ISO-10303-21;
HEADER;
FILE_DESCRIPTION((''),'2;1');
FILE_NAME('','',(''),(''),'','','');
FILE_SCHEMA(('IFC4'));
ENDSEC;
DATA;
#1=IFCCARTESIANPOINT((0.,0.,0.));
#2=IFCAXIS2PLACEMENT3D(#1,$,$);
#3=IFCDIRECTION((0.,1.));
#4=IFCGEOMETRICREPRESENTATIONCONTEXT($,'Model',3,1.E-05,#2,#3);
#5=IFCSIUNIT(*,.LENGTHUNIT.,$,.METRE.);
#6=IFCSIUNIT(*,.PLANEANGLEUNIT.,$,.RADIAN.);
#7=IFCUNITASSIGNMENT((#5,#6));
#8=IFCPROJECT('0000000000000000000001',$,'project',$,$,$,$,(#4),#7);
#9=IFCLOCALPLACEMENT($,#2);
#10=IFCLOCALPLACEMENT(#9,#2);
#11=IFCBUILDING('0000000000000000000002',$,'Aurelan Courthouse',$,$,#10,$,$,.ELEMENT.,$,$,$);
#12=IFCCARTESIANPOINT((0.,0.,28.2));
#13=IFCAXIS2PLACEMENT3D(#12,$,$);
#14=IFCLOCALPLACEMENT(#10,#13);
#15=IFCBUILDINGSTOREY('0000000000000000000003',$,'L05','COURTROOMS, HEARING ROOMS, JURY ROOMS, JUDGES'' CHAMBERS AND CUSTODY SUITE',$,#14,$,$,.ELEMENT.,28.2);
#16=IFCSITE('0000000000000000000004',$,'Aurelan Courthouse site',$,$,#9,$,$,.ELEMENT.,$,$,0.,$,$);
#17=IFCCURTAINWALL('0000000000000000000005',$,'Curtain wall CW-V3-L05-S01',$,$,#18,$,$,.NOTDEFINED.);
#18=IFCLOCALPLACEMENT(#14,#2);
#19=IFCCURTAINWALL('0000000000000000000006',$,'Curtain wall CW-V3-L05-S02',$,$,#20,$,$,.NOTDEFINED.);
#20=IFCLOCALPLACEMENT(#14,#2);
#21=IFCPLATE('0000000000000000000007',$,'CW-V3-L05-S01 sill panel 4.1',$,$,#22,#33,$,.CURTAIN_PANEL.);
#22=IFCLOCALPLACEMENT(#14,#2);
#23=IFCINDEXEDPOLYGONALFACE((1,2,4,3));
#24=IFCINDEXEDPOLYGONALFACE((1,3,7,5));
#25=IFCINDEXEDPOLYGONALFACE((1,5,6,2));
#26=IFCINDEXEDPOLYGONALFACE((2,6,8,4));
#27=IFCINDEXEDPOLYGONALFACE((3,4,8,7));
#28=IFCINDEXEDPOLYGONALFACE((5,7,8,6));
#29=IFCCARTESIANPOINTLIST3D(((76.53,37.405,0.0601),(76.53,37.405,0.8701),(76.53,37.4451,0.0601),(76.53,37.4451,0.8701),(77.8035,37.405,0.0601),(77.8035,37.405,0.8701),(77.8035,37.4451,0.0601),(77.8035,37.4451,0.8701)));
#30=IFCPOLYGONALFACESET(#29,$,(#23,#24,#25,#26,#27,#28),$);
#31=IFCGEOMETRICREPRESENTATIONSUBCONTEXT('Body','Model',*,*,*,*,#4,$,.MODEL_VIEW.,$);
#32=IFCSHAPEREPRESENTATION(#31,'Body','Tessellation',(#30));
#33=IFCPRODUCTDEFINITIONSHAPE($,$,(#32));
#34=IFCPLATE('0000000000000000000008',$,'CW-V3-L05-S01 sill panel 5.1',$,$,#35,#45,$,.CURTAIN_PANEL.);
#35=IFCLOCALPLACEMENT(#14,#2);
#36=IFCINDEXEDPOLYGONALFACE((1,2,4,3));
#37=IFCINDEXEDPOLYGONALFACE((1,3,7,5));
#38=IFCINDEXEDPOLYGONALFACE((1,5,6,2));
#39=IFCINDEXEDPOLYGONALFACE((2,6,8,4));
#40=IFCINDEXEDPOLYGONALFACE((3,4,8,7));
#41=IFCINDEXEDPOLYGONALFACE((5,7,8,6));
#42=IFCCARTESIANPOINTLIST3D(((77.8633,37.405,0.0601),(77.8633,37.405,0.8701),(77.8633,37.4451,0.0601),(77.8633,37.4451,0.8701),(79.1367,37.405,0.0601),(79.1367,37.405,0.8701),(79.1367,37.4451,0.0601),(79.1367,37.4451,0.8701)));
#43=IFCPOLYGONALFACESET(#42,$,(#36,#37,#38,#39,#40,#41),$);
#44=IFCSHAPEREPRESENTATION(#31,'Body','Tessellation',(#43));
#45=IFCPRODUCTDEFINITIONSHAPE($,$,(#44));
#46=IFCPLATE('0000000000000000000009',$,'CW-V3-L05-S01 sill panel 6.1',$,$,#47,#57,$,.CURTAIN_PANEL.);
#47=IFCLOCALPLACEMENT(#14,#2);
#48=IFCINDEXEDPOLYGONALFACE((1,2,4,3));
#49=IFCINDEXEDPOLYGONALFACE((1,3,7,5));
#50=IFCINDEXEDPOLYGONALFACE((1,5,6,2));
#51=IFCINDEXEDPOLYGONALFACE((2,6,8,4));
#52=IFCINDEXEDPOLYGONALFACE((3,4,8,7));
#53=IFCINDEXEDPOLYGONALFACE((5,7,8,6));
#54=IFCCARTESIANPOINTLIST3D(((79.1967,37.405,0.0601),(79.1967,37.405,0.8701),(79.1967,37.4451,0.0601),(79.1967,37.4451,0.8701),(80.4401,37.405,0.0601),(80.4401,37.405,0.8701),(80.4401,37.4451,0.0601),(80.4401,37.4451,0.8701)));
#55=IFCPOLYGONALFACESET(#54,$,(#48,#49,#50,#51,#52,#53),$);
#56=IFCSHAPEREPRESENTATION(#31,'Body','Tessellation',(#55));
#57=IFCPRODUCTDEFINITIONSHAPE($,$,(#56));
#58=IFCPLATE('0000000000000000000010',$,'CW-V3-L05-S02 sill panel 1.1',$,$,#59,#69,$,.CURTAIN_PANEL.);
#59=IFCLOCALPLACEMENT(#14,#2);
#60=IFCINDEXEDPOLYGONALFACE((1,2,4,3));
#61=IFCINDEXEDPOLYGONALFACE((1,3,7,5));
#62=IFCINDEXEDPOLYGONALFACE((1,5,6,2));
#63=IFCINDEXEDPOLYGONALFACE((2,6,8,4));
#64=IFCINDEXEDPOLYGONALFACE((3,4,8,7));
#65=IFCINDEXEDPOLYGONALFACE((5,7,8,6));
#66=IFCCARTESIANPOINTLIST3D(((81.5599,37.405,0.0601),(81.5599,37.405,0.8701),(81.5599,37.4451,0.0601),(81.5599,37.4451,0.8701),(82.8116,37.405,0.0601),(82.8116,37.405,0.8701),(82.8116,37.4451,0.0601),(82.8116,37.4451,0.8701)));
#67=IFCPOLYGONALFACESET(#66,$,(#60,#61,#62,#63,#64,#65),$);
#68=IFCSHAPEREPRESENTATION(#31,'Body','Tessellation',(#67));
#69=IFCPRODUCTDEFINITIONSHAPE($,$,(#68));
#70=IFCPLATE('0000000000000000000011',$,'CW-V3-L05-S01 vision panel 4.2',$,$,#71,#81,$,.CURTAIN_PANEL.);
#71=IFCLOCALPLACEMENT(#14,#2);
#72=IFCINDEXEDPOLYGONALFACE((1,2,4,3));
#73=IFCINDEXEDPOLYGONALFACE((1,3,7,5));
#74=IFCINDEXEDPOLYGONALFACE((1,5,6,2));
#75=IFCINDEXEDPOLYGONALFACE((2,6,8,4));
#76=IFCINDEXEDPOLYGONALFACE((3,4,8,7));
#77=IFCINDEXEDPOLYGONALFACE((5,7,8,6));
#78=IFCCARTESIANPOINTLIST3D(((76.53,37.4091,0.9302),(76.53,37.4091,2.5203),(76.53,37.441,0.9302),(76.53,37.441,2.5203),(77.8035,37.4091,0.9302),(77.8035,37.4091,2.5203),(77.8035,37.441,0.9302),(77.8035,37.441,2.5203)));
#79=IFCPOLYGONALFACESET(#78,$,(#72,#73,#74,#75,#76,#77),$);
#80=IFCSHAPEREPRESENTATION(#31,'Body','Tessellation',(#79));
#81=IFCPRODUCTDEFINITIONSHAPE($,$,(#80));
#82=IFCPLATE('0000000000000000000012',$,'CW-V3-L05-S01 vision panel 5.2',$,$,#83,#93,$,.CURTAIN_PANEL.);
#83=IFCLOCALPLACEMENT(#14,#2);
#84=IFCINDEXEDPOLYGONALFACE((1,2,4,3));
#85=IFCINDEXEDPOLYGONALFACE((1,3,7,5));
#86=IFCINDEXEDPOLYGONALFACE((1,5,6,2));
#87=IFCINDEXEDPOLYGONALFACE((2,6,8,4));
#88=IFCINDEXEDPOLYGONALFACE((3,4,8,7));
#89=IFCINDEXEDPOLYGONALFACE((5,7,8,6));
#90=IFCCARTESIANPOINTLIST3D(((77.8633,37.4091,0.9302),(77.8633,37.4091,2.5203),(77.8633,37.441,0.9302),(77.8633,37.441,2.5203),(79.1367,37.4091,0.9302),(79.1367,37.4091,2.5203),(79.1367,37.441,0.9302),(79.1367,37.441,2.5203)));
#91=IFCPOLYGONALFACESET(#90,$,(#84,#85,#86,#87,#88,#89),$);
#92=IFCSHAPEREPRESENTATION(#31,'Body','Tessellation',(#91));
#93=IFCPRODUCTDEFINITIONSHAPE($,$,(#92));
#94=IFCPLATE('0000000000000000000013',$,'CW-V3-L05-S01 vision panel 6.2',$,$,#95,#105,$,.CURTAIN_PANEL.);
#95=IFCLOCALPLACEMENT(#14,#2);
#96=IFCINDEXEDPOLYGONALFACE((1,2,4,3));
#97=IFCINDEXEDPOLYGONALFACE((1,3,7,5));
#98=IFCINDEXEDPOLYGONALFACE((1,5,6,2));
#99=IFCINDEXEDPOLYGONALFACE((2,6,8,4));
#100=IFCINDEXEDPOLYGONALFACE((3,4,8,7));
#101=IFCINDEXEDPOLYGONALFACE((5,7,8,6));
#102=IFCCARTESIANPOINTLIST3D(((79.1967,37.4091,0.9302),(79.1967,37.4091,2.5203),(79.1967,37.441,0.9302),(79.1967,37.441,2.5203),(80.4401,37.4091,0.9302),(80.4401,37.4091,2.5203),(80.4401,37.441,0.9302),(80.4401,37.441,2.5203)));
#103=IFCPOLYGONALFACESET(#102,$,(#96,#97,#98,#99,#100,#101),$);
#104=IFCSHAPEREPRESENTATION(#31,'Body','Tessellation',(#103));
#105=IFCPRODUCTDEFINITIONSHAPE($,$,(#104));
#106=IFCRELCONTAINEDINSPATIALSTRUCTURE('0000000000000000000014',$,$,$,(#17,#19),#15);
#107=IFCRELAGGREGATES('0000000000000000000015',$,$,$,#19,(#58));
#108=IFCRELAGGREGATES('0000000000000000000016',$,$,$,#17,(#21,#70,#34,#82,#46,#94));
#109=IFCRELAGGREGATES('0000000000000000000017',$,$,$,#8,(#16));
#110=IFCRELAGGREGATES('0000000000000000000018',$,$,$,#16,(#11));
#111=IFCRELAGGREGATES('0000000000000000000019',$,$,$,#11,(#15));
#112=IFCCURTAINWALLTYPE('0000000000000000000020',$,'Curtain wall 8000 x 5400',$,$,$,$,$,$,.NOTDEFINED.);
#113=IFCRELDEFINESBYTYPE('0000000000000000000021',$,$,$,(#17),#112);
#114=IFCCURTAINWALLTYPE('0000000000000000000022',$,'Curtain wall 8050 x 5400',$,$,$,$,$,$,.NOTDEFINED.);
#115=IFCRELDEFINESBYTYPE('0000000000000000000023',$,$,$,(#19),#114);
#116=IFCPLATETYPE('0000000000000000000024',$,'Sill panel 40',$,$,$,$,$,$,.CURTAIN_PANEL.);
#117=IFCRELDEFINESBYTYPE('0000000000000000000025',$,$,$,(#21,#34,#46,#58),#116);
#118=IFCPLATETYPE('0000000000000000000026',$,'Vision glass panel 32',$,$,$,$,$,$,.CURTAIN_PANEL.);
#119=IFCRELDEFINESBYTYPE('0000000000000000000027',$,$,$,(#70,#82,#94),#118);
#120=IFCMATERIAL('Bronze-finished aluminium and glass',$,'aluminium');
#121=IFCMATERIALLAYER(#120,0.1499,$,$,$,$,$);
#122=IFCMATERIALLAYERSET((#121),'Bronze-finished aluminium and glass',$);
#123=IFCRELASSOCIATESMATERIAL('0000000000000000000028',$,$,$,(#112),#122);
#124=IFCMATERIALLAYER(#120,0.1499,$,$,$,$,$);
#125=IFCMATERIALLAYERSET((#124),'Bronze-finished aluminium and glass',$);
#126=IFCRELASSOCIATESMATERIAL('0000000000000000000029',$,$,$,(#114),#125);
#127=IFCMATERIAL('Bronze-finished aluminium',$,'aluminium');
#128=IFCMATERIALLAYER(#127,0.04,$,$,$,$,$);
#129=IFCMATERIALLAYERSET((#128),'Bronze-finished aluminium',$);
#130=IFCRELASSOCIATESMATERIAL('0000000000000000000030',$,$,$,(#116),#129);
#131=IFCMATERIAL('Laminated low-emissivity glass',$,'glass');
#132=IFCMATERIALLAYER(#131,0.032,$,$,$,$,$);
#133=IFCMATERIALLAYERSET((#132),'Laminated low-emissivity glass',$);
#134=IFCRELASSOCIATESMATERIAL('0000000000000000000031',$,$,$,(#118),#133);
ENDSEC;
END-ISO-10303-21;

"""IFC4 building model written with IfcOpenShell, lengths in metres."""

from ifc_helpers import new_model, si_unit, direction, frame, origin, origin_2d, place, context, subcontext, project, spatial, rectangle, extrude, material, layer, layer_set, type_object, element, aggregate, save


model = new_model("IFC4")

# Units and contexts
model_context = context("Model", 3, precision=1e-05, world=origin(), true_north=direction((0.0, 1.0)))
body_context = subcontext(model_context, "Body", "Model", "MODEL_VIEW")
ifc_project = project(units=[si_unit("LENGTHUNIT", "METRE"), si_unit("PLANEANGLEUNIT", "RADIAN")], contexts=[model_context])

# Site, building, storey
site_placement = place(None, origin())
site = spatial("IfcSite", under=ifc_project, at=site_placement, Name="Aurelan Courthouse site", CompositionType="ELEMENT", RefElevation=0.0)
building_placement = place(site_placement, origin())
building = spatial("IfcBuilding", under=site, at=building_placement, Name="Aurelan Courthouse", CompositionType="ELEMENT")
storey_placement = place(building_placement, frame((0.0, 0.0, 28.2)))
storey = spatial("IfcBuildingStorey", under=building, at=storey_placement, Name="L05", Description="COURTROOMS, HEARING ROOMS, JURY ROOMS, JUDGES' CHAMBERS AND CUSTODY SUITE", CompositionType="ELEMENT", Elevation=28.2)

# Curtain wall
ifc_material_1 = material(Name="Bronze-finished aluminium and glass", Category="aluminium")
ifc_layer_1 = layer(ifc_material_1, 0.1499)
ifc_layer_set_1 = layer_set([ifc_layer_1], Name="Bronze-finished aluminium and glass")
curtain_wall_type_1 = type_object("IfcCurtainWallType", Name="Curtain wall 8000 x 5400", PredefinedType="NOTDEFINED", material=ifc_layer_set_1)
curtain_wall_1_placement = place(storey_placement, origin())
curtain_wall_1 = element("IfcCurtainWall", 1, at=curtain_wall_1_placement, inside=storey, type_object=curtain_wall_type_1, Name="Curtain wall CW-V3-L05-S01", PredefinedType="NOTDEFINED")
ifc_material_2 = material(Name="Bronze-finished aluminium", Category="aluminium")

# Curtain wall
ifc_layer_2 = layer(ifc_material_1, 0.1499)
ifc_layer_set_2 = layer_set([ifc_layer_2], Name="Bronze-finished aluminium and glass")
curtain_wall_type_2 = type_object("IfcCurtainWallType", Name="Curtain wall 8050 x 5400", PredefinedType="NOTDEFINED", material=ifc_layer_set_2)
curtain_wall_2_placement = place(storey_placement, origin())
curtain_wall_2 = element("IfcCurtainWall", 2, at=curtain_wall_2_placement, inside=storey, type_object=curtain_wall_type_2, Name="Curtain wall CW-V3-L05-S02", PredefinedType="NOTDEFINED")

# Plates
ifc_layer_3 = layer(ifc_material_2, 0.04)
ifc_layer_set_3 = layer_set([ifc_layer_3], Name="Bronze-finished aluminium")
plate_type_1 = type_object("IfcPlateType", Name="Sill panel 40", PredefinedType="CURTAIN_PANEL", material=ifc_layer_set_3)
plate_1_placement = place(storey_placement, frame((77.1667, 37.425, 0.0601), z_axis=(0.0, 0.0, 1.0), x_axis=(1.0, 0.0, 0.0)))
plate_1 = element("IfcPlate", 3, at=plate_1_placement, type_object=plate_type_1, Name="CW-V3-L05-S01 sill panel 4.1", PredefinedType="CURTAIN_PANEL", context=body_context, shape_type="SweptSolid", body=[
    extrude(rectangle(XDim=1.2734, YDim=0.04, at=origin_2d()), origin(), (0.0, 0.0, 1.0), 0.8101),
])
plate_2_placement = place(storey_placement, frame((78.5, 37.425, 0.0601), z_axis=(0.0, 0.0, 1.0), x_axis=(1.0, 0.0, 0.0)))
plate_2 = element("IfcPlate", 4, at=plate_2_placement, type_object=plate_type_1, Name="CW-V3-L05-S01 sill panel 5.1", PredefinedType="CURTAIN_PANEL", context=body_context, shape_type="SweptSolid", body=[
    extrude(rectangle(XDim=1.2734, YDim=0.04, at=origin_2d()), origin(), (0.0, 0.0, 1.0), 0.8101),
])
plate_3_placement = place(storey_placement, frame((79.8184, 37.425, 0.0601), z_axis=(0.0, 0.0, 1.0), x_axis=(1.0, 0.0, 0.0)))
plate_3 = element("IfcPlate", 5, at=plate_3_placement, type_object=plate_type_1, Name="CW-V3-L05-S01 sill panel 6.1", PredefinedType="CURTAIN_PANEL", context=body_context, shape_type="SweptSolid", body=[
    extrude(rectangle(XDim=1.2434, YDim=0.04, at=origin_2d()), origin(), (0.0, 0.0, 1.0), 0.8101),
])
plate_4_placement = place(storey_placement, frame((82.1858, 37.425, 0.0601), z_axis=(0.0, 0.0, 1.0), x_axis=(1.0, 0.0, 0.0)))
plate_4 = element("IfcPlate", 6, at=plate_4_placement, type_object=plate_type_1, Name="CW-V3-L05-S02 sill panel 1.1", PredefinedType="CURTAIN_PANEL", context=body_context, shape_type="SweptSolid", body=[
    extrude(rectangle(XDim=1.2517, YDim=0.04, at=origin_2d()), origin(), (0.0, 0.0, 1.0), 0.8101),
])
aggregate(curtain_wall_2, [plate_4])
ifc_material_3 = material(Name="Laminated low-emissivity glass", Category="glass")
ifc_layer_4 = layer(ifc_material_3, 0.032)
ifc_layer_set_4 = layer_set([ifc_layer_4], Name="Laminated low-emissivity glass")
plate_type_2 = type_object("IfcPlateType", Name="Vision glass panel 32", PredefinedType="CURTAIN_PANEL", material=ifc_layer_set_4)
plate_5_placement = place(storey_placement, frame((77.1667, 37.425, 0.9302), z_axis=(0.0, 0.0, 1.0), x_axis=(1.0, 0.0, 0.0)))
plate_5 = element("IfcPlate", 7, at=plate_5_placement, type_object=plate_type_2, Name="CW-V3-L05-S01 vision panel 4.2", PredefinedType="CURTAIN_PANEL", context=body_context, shape_type="SweptSolid", body=[
    extrude(rectangle(XDim=1.2734, YDim=0.032, at=origin_2d()), origin(), (0.0, 0.0, 1.0), 1.5901),
])
plate_6_placement = place(storey_placement, frame((78.5, 37.425, 0.9302), z_axis=(0.0, 0.0, 1.0), x_axis=(1.0, 0.0, 0.0)))
plate_6 = element("IfcPlate", 8, at=plate_6_placement, type_object=plate_type_2, Name="CW-V3-L05-S01 vision panel 5.2", PredefinedType="CURTAIN_PANEL", context=body_context, shape_type="SweptSolid", body=[
    extrude(rectangle(XDim=1.2734, YDim=0.032, at=origin_2d()), origin(), (0.0, 0.0, 1.0), 1.5901),
])
plate_7_placement = place(storey_placement, frame((79.8184, 37.425, 0.9302), z_axis=(0.0, 0.0, 1.0), x_axis=(1.0, 0.0, 0.0)))
plate_7 = element("IfcPlate", 9, at=plate_7_placement, type_object=plate_type_2, Name="CW-V3-L05-S01 vision panel 6.2", PredefinedType="CURTAIN_PANEL", context=body_context, shape_type="SweptSolid", body=[
    extrude(rectangle(XDim=1.2434, YDim=0.032, at=origin_2d()), origin(), (0.0, 0.0, 1.0), 1.5901),
])
aggregate(curtain_wall_1, [plate_1, plate_5, plate_2, plate_6, plate_3, plate_7])

save(model, "model.ifc")
